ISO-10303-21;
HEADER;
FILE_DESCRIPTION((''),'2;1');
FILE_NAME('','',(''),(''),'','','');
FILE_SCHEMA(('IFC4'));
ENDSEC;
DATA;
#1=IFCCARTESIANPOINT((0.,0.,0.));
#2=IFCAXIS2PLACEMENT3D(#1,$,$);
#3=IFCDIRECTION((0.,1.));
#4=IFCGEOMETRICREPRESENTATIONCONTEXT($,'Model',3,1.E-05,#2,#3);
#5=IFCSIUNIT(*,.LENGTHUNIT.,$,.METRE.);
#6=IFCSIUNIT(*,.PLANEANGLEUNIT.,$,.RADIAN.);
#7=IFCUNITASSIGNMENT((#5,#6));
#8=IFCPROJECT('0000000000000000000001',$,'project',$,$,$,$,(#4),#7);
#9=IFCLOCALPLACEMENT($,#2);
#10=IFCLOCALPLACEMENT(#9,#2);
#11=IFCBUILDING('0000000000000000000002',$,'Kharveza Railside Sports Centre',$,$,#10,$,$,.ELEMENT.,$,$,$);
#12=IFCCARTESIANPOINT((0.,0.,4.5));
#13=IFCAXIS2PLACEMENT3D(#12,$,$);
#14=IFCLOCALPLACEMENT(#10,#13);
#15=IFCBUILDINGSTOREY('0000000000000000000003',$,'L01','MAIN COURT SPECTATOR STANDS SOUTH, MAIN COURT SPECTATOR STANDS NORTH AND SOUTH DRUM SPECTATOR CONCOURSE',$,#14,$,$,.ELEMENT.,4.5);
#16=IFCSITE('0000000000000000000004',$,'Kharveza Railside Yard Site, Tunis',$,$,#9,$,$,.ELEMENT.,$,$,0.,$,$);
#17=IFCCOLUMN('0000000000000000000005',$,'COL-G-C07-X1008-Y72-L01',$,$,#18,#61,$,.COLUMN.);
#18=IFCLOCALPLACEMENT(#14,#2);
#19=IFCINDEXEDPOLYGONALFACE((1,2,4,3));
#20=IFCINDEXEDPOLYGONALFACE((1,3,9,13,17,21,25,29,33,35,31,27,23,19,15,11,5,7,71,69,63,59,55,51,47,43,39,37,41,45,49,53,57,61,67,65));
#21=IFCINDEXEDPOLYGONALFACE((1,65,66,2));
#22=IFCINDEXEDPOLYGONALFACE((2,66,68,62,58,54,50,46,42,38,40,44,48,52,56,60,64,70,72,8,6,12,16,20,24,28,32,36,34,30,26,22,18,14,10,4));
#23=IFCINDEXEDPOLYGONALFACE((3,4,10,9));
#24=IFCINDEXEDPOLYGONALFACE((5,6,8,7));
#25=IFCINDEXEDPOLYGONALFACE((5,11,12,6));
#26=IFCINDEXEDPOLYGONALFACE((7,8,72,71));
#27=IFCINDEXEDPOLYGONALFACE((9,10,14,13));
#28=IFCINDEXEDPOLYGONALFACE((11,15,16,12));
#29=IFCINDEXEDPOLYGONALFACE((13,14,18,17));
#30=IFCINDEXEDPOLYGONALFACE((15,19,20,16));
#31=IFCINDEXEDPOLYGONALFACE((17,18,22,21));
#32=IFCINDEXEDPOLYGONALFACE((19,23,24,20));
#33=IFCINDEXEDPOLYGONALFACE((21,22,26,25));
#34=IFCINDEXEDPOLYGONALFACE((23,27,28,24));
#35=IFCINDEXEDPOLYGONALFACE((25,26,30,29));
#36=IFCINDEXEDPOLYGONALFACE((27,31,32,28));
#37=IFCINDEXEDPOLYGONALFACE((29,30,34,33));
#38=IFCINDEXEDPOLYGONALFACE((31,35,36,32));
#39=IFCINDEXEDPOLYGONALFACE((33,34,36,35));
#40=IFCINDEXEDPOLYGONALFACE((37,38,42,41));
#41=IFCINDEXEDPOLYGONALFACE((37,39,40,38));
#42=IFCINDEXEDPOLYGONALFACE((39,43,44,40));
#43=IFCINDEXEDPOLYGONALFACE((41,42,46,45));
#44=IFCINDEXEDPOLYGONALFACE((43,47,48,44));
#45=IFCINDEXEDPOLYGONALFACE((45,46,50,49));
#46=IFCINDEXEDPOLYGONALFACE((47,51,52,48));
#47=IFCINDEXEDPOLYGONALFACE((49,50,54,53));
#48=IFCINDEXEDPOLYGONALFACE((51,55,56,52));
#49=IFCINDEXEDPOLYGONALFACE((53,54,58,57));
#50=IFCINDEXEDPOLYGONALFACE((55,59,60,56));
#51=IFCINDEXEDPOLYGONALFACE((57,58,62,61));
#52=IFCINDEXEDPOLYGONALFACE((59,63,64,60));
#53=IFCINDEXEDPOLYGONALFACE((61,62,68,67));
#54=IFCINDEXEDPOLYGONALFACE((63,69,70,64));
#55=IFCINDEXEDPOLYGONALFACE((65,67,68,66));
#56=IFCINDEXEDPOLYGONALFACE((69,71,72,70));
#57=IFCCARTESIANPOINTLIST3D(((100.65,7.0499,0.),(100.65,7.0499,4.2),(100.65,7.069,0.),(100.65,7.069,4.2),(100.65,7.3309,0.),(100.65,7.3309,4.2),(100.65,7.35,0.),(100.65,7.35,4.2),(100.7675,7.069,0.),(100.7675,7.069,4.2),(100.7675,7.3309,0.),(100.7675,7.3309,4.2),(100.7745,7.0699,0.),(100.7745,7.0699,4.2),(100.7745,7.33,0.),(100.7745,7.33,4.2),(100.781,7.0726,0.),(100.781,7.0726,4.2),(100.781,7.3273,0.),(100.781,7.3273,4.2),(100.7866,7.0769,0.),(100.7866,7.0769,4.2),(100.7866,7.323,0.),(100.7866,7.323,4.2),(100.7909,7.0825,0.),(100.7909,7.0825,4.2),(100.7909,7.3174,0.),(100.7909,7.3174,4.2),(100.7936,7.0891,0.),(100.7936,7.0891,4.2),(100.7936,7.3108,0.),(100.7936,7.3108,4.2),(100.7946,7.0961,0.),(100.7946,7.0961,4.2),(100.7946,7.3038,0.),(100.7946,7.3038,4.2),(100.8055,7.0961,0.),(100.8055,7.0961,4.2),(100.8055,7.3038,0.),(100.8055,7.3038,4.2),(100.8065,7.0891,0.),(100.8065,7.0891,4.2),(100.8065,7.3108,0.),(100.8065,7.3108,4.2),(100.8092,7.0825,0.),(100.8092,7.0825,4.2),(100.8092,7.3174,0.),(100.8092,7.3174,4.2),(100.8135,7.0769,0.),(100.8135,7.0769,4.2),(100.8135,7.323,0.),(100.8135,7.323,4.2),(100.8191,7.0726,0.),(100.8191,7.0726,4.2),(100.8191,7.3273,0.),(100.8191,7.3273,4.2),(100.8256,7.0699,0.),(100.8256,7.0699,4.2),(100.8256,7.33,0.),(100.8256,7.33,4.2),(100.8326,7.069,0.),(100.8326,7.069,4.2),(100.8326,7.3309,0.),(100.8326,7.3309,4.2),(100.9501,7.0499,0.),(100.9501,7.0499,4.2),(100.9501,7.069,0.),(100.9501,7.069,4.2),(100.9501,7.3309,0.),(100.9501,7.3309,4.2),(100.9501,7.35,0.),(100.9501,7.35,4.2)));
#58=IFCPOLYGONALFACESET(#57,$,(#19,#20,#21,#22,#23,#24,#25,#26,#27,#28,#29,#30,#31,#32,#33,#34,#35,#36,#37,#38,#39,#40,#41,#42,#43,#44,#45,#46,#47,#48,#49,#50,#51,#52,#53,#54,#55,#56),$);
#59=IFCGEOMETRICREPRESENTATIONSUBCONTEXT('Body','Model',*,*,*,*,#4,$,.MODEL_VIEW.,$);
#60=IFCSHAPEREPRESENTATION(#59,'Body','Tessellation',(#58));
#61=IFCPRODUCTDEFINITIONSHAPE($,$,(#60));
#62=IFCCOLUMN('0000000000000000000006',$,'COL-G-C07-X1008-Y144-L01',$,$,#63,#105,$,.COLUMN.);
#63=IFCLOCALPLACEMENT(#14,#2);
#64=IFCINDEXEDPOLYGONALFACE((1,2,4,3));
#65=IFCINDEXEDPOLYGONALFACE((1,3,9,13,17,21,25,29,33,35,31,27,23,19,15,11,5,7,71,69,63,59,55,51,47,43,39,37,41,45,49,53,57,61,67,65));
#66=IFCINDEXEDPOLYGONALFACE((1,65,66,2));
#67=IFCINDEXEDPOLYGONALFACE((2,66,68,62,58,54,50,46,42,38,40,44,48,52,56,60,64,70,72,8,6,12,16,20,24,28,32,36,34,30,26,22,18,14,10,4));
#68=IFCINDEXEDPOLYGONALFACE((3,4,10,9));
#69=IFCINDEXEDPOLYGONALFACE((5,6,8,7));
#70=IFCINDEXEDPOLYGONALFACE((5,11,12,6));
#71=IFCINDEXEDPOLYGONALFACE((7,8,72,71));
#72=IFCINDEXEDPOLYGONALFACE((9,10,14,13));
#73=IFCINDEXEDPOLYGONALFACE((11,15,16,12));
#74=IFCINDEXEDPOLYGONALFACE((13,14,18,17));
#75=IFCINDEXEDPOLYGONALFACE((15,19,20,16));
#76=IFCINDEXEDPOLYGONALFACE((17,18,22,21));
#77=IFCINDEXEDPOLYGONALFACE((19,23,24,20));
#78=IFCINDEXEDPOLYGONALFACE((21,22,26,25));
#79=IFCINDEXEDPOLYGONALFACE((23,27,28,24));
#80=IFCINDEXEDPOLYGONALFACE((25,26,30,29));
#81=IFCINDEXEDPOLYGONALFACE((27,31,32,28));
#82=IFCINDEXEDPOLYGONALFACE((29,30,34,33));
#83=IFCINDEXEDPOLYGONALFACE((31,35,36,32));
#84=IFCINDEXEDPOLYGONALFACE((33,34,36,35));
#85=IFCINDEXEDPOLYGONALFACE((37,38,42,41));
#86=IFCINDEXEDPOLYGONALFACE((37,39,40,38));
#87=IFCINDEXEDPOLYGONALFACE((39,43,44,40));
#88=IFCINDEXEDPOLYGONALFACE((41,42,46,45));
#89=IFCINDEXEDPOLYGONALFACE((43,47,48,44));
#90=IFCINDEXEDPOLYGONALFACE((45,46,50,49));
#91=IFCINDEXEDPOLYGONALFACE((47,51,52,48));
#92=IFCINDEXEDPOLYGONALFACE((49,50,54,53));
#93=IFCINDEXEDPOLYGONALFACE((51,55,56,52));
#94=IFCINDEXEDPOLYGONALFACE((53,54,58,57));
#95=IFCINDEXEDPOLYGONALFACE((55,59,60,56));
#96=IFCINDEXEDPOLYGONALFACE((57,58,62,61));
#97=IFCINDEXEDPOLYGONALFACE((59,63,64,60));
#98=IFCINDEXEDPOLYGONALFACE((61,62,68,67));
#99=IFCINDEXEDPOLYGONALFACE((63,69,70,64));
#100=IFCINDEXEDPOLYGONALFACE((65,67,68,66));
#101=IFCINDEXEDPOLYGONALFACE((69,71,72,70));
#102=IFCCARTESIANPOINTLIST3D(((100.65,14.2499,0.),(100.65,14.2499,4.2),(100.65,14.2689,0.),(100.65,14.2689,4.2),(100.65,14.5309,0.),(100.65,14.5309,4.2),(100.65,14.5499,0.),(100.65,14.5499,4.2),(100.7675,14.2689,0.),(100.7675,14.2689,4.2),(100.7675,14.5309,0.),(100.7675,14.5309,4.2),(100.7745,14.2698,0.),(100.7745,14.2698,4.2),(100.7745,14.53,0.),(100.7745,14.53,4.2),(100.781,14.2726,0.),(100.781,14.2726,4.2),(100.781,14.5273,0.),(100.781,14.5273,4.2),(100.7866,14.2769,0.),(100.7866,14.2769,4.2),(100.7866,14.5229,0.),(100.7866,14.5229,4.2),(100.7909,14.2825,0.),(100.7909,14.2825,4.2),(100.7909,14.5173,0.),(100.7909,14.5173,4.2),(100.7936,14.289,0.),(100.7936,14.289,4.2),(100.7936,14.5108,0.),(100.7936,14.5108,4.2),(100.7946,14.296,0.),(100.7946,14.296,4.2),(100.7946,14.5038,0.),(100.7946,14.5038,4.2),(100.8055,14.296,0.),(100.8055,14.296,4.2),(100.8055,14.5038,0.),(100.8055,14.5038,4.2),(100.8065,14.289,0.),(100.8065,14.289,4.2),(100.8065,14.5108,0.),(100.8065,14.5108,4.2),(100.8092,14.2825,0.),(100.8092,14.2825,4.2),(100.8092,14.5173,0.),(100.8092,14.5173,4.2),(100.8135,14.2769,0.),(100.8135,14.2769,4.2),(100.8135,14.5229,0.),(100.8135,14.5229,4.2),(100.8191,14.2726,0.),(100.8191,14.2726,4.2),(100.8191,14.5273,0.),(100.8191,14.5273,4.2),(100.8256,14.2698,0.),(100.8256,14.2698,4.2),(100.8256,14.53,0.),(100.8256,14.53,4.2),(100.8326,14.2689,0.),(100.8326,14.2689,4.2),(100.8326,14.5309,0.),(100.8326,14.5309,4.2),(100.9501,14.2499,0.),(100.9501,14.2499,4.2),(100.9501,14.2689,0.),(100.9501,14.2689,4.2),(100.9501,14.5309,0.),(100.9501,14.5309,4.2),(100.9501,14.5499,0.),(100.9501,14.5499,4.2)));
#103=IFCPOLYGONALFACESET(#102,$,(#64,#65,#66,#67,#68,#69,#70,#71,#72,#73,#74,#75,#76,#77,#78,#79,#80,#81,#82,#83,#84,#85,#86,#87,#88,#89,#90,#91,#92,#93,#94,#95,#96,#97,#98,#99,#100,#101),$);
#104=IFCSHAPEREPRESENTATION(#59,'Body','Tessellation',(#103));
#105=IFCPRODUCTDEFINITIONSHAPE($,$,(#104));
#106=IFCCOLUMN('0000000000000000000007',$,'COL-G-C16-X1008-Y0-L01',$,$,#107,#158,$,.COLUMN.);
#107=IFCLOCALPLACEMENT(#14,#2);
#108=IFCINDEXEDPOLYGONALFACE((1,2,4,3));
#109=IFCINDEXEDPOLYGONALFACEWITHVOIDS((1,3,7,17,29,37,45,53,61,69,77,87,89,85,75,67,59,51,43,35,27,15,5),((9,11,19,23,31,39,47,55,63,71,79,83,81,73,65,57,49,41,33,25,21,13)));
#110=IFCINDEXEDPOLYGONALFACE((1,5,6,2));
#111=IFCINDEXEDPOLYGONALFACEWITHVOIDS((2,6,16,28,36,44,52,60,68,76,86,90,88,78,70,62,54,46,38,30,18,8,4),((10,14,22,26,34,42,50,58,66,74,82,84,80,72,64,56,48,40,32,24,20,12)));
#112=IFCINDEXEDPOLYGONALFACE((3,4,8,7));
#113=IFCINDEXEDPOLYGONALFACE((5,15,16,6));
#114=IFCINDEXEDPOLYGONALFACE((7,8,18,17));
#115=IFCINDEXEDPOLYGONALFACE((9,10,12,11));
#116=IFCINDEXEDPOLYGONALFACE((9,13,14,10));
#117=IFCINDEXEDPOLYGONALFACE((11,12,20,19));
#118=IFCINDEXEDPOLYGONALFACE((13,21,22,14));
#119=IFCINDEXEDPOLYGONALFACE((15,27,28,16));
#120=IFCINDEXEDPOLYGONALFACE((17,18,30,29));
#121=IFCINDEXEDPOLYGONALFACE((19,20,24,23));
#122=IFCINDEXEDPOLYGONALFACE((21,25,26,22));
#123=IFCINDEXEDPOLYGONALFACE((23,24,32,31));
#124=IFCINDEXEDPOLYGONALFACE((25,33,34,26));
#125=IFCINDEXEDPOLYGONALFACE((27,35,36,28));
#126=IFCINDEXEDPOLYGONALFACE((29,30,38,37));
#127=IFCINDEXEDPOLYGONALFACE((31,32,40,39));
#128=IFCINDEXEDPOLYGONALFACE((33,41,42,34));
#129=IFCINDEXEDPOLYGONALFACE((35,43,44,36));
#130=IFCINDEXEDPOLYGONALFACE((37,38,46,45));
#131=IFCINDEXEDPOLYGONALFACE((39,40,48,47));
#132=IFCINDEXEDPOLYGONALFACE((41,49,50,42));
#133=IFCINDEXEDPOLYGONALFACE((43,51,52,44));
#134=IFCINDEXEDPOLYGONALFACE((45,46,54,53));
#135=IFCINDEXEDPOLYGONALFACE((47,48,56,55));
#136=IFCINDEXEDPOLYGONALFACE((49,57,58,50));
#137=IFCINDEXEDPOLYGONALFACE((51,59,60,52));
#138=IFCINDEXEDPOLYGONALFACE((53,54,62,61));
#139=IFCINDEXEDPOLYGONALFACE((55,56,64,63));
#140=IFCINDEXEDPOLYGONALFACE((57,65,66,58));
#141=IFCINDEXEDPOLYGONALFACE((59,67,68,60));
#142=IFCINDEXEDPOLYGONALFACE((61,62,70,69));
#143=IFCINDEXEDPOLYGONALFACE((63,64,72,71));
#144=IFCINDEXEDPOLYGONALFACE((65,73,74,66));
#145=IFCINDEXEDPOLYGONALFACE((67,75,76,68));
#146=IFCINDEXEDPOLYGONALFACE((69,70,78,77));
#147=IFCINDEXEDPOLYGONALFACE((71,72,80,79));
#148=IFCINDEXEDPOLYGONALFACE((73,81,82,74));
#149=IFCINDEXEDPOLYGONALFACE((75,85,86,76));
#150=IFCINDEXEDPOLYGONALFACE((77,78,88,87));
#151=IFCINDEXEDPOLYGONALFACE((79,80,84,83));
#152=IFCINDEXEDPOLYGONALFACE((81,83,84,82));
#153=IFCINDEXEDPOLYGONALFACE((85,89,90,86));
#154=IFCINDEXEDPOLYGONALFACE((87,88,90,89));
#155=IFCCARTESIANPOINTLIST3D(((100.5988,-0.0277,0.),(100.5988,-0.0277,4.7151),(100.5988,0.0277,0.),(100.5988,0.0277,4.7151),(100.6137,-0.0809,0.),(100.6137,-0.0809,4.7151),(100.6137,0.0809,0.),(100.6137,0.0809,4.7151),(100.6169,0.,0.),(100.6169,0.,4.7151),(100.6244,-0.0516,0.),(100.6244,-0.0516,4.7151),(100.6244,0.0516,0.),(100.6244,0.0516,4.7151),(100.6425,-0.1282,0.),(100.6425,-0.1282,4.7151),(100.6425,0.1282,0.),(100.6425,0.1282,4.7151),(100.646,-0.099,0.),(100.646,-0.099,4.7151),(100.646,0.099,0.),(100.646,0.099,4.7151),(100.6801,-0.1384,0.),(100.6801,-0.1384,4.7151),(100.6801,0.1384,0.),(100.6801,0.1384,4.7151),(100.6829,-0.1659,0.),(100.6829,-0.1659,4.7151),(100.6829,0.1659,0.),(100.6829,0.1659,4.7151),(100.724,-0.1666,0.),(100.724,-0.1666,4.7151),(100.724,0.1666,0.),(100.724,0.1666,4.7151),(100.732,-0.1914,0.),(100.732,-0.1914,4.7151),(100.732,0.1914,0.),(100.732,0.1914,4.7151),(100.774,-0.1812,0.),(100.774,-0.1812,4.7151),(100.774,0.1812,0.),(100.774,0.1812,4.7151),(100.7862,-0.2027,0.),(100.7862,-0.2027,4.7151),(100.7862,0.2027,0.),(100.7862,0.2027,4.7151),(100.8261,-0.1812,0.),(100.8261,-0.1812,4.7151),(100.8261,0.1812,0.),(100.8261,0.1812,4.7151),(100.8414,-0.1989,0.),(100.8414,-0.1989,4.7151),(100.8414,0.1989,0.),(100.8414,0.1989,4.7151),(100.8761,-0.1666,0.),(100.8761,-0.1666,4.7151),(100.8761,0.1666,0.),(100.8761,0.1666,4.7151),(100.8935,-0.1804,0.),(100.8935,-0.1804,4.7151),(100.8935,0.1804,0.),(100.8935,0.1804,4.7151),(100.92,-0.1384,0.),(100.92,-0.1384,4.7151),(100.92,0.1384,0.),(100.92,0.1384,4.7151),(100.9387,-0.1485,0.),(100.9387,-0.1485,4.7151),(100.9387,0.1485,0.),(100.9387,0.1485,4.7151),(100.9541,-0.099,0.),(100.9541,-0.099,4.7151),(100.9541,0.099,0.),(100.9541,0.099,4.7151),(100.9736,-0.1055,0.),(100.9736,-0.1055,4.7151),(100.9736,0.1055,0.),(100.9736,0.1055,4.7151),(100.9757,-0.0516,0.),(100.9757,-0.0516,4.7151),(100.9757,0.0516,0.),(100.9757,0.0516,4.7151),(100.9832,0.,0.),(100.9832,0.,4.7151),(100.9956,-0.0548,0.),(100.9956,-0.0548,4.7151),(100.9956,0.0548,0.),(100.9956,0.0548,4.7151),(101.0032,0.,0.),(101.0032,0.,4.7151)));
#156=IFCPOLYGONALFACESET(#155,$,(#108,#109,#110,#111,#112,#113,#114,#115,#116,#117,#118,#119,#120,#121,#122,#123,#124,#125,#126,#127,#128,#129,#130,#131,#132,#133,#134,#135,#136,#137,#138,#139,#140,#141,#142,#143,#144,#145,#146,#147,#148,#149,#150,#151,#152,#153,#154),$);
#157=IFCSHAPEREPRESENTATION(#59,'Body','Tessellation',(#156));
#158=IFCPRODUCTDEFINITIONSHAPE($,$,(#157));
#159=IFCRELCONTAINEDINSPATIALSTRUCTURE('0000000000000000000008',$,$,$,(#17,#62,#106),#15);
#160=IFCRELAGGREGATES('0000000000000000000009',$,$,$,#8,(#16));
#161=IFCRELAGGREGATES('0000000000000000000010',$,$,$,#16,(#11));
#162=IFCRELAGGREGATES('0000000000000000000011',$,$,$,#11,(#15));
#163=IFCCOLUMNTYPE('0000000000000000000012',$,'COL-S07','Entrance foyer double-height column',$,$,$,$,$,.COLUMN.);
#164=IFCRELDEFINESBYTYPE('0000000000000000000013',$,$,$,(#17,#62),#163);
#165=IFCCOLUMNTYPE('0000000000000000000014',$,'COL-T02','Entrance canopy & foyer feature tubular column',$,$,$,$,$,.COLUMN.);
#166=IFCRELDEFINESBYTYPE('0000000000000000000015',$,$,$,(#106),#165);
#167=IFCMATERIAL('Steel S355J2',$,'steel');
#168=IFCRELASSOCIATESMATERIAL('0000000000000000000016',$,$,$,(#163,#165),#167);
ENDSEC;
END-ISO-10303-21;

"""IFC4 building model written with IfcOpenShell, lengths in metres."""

from ifc_helpers import new_model, si_unit, direction, frame, origin, origin_2d, place, context, subcontext, project, spatial, hollow_circle, i_section, extrude, material, material_profile, profile_set, type_object, element, save


model = new_model("IFC4")

# Units and contexts
model_context = context("Model", 3, precision=1e-05, world=origin(), true_north=direction((0.0, 1.0)))
body_context = subcontext(model_context, "Body", "Model", "MODEL_VIEW")
ifc_project = project(units=[si_unit("LENGTHUNIT", "METRE"), si_unit("PLANEANGLEUNIT", "RADIAN")], contexts=[model_context])

# Site, building, storey
site_placement = place(None, origin())
site = spatial("IfcSite", under=ifc_project, at=site_placement, Name="Kharveza Railside Yard Site, Tunis", CompositionType="ELEMENT", RefElevation=0.0)
building_placement = place(site_placement, origin())
building = spatial("IfcBuilding", under=site, at=building_placement, Name="Kharveza Railside Sports Centre", CompositionType="ELEMENT")
storey_placement = place(building_placement, frame((0.0, 0.0, 4.5)))
storey = spatial("IfcBuildingStorey", under=building, at=storey_placement, Name="L01", Description="MAIN COURT SPECTATOR STANDS SOUTH, MAIN COURT SPECTATOR STANDS NORTH AND SOUTH DRUM SPECTATOR CONCOURSE", CompositionType="ELEMENT", Elevation=4.5)

# Columns
ifc_material_1 = material(Name="Steel S355J2", Category="steel")
ifc_material_profile_1 = material_profile(ifc_material_1, i_section(OverallWidth=0.3, OverallDepth=0.3, WebThickness=0.011, FlangeThickness=0.019, FilletRadius=0.0271, at=origin_2d()), Name="HEB 300")
ifc_profile_set_1 = profile_set([ifc_material_profile_1], Name="Steel S355J2")
column_type_1 = type_object("IfcColumnType", Name="COL-S07", Description="Entrance foyer double-height column", PredefinedType="COLUMN", material=ifc_profile_set_1)
for number, where, z_axis, x_axis, name in (
    (1, (100.8, 7.2, 0.0), (0.0, 0.0, 1.0), (1.0, 0.0, 0.0), "COL-G-C07-X1008-Y72-L01"),
    (2, (100.8, 14.3999, 0.0), (0.0, 0.0, 1.0), (1.0, 0.0, 0.0), "COL-G-C07-X1008-Y144-L01"),
):
    element("IfcColumn", number, at=place(storey_placement, frame(where, z_axis=z_axis, x_axis=x_axis)), inside=storey, type_object=column_type_1, Name=name, PredefinedType="COLUMN", context=body_context, shape_type="SweptSolid", body=[
        extrude(i_section(OverallWidth=0.3, OverallDepth=0.3, WebThickness=0.011, FlangeThickness=0.019, FilletRadius=0.0271, at=origin_2d()), origin(), (0.0, 0.0, 1.0), 4.2),
    ])
ifc_material_profile_2 = material_profile(ifc_material_1, hollow_circle(Radius=0.2031, WallThickness=0.02, at=origin_2d()), Name="CHS 406.4x20.0")
ifc_profile_set_2 = profile_set([ifc_material_profile_2], Name="Steel S355J2")
column_type_2 = type_object("IfcColumnType", Name="COL-T02", Description="Entrance canopy & foyer feature tubular column", PredefinedType="COLUMN", material=ifc_profile_set_2)
column_placement = place(storey_placement, frame((100.8, 0.0, 0.0), z_axis=(0.0, 0.0, 1.0), x_axis=(1.0, 0.0, 0.0)))
element("IfcColumn", 3, at=column_placement, inside=storey, type_object=column_type_2, Name="COL-G-C16-X1008-Y0-L01", PredefinedType="COLUMN", context=body_context, shape_type="SweptSolid", body=[
    extrude(hollow_circle(Radius=0.2031, WallThickness=0.02, at=origin_2d()), origin(), (0.0, 0.0, 1.0), 4.7151),
])

save(model, "model.ifc")
